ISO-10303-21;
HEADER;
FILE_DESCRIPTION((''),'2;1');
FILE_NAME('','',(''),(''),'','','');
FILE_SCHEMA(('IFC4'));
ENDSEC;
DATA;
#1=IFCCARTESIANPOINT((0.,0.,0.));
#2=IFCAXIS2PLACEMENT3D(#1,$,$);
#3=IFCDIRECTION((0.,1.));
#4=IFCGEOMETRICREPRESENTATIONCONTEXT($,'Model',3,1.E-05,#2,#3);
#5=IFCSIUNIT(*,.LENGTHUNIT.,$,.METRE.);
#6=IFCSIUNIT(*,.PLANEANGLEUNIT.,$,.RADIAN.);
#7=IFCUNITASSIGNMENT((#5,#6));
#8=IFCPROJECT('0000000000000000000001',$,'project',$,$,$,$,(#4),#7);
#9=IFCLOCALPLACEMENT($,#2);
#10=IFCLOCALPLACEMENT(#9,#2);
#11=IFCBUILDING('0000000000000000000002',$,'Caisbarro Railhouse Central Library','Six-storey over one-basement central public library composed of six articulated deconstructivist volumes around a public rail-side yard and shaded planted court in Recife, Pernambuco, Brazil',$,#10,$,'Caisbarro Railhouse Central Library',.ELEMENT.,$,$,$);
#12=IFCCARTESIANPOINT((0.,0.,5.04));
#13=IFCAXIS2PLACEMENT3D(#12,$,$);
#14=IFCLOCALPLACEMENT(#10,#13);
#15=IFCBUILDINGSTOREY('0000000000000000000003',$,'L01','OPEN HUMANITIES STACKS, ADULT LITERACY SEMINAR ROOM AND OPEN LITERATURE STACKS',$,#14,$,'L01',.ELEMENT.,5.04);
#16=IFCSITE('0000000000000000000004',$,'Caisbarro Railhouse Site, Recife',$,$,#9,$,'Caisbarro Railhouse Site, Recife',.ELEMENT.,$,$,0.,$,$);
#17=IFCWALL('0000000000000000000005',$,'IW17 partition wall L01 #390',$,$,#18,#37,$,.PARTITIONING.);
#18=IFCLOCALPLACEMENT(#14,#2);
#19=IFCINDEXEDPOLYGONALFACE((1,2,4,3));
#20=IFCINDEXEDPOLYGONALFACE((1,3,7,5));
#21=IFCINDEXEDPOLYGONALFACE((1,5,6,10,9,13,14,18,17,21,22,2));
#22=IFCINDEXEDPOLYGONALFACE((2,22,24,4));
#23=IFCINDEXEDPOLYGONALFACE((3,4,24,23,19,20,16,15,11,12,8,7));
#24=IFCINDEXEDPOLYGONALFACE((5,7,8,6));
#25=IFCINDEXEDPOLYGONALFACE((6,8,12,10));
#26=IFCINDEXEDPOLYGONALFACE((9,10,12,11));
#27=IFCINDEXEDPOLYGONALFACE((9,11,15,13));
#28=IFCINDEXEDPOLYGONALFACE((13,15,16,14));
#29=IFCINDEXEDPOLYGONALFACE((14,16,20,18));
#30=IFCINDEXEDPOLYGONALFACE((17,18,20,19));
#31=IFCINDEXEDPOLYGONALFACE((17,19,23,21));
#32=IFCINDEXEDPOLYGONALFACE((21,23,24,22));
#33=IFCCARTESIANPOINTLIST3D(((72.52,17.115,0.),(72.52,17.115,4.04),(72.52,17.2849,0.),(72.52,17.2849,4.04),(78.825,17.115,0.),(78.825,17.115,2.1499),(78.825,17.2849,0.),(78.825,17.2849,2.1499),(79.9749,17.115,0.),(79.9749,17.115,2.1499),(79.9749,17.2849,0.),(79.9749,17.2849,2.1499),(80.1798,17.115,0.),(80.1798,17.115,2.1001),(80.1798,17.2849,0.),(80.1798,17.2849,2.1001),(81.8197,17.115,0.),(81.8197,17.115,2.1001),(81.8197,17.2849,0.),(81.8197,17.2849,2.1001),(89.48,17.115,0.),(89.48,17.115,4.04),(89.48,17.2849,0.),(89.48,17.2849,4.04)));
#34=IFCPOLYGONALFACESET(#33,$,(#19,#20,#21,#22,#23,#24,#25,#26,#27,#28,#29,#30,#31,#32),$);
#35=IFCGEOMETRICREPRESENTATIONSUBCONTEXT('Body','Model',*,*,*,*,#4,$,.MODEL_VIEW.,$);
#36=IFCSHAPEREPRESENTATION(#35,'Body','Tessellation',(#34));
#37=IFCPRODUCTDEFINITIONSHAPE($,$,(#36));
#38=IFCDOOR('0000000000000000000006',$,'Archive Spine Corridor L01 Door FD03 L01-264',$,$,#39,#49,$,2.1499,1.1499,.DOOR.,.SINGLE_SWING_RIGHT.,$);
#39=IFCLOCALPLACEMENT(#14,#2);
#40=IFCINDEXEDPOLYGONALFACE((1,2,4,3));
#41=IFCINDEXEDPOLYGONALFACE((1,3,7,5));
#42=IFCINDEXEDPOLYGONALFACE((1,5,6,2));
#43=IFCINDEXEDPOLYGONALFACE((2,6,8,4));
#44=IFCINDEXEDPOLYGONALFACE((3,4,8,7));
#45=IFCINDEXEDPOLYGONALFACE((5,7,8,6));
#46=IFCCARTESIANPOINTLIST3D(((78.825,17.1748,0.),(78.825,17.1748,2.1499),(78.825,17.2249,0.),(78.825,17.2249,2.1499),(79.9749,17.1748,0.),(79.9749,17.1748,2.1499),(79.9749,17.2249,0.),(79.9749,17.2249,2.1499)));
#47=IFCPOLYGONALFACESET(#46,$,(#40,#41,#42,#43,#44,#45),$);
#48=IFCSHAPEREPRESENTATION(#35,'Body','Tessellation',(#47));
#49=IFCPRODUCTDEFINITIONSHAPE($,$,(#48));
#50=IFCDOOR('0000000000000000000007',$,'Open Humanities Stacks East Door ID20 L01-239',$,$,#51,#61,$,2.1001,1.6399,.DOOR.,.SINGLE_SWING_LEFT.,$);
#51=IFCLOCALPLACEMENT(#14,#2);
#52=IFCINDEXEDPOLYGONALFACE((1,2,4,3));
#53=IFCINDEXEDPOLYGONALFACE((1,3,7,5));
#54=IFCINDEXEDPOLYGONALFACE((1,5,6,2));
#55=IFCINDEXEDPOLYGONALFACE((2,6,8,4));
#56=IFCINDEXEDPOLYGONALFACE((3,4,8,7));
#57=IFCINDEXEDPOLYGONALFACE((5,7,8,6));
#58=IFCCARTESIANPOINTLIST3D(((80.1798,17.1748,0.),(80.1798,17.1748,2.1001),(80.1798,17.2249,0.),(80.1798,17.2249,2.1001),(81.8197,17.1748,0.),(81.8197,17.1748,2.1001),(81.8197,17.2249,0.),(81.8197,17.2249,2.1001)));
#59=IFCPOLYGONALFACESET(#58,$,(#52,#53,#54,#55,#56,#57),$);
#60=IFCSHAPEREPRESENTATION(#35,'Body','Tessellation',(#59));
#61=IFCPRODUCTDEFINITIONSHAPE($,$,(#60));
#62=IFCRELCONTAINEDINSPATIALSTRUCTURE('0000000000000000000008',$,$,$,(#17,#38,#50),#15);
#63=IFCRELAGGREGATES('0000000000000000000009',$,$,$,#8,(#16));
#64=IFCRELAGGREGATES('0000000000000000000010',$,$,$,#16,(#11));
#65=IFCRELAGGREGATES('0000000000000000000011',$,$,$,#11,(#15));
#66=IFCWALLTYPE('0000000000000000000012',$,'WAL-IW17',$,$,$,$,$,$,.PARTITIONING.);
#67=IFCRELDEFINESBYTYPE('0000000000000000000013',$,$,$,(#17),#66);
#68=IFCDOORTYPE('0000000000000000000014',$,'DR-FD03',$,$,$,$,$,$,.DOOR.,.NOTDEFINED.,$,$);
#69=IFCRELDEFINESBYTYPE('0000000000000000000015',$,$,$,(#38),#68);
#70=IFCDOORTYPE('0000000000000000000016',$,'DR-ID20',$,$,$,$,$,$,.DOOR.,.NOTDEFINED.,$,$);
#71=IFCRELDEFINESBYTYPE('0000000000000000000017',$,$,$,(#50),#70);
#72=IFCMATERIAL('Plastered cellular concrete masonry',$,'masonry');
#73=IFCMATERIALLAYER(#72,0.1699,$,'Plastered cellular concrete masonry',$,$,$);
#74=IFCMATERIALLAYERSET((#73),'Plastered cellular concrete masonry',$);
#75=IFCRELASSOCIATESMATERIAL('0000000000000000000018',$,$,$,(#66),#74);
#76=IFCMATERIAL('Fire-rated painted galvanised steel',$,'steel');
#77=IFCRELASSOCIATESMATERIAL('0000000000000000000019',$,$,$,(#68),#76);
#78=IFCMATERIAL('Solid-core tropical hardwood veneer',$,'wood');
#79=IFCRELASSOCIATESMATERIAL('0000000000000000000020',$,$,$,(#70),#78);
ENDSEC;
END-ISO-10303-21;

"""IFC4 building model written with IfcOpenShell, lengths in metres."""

from ifc_helpers import new_model, si_unit, direction, frame, frame_2d, origin, place, context, subcontext, project, spatial, rectangle, extrude, material, layer, layer_set, type_object, element, fill, save


model = new_model("IFC4")

# Units and contexts
model_context = context("Model", 3, precision=1e-05, world=origin(), true_north=direction((0.0, 1.0)))
body_context = subcontext(model_context, "Body", "Model", "MODEL_VIEW")
ifc_project = project(units=[si_unit("LENGTHUNIT", "METRE"), si_unit("PLANEANGLEUNIT", "RADIAN")], contexts=[model_context])

# Site, building, storey
site_placement = place(None, origin())
site = spatial("IfcSite", under=ifc_project, at=site_placement, Name="Caisbarro Railhouse Site, Recife", LongName="Caisbarro Railhouse Site, Recife", CompositionType="ELEMENT", RefElevation=0.0)
building_placement = place(site_placement, origin())
building = spatial("IfcBuilding", under=site, at=building_placement, Name="Caisbarro Railhouse Central Library", Description="Six-storey over one-basement central public library composed of six articulated deconstructivist volumes around a public rail-side yard and shaded planted court in Recife, Pernambuco, Brazil", LongName="Caisbarro Railhouse Central Library", CompositionType="ELEMENT")
storey_placement = place(building_placement, frame((0.0, 0.0, 5.04)))
storey = spatial("IfcBuildingStorey", under=building, at=storey_placement, Name="L01", Description="OPEN HUMANITIES STACKS, ADULT LITERACY SEMINAR ROOM AND OPEN LITERATURE STACKS", LongName="L01", CompositionType="ELEMENT", Elevation=5.04)

# Wall, openings, doors
ifc_material_1 = material(Name="Plastered cellular concrete masonry", Category="masonry")
ifc_layer = layer(ifc_material_1, 0.1699, Name="Plastered cellular concrete masonry")
ifc_layer_set = layer_set([ifc_layer], Name="Plastered cellular concrete masonry")
wall_type = type_object("IfcWallType", Name="WAL-IW17", PredefinedType="PARTITIONING", material=ifc_layer_set)
wall_placement = place(storey_placement, frame((72.52, 17.2, 0.0), z_axis=(0.0, 0.0, 1.0), x_axis=(1.0, 0.0, 0.0)))
wall = element("IfcWall", 1, at=wall_placement, inside=storey, type_object=wall_type, Name="IW17 partition wall L01 #390", PredefinedType="PARTITIONING", context=body_context, shape_type="SweptSolid", body=[
    extrude(rectangle(XDim=16.96, YDim=0.1699, at=frame_2d((8.48, 0.0))), origin(), (0.0, 0.0, 1.0), 4.04),
])
opening_1_placement = place(wall_placement, frame((7.6599, 0.0, 0.0)))
opening_1 = element("IfcOpeningElement", 2, at=opening_1_placement, cuts=wall, PredefinedType="OPENING", context=body_context, shape_type="SweptSolid", body=[
    extrude(rectangle(XDim=1.6399, YDim=2.1001, at=frame_2d((0.8198, 1.05))), frame((0.0, 0.095, 0.0), z_axis=(0.0, -1.0, 0.0), x_axis=(1.0, 0.0, 0.0)), (0.0, 0.0, 1.0), 0.1899),
])
opening_2_placement = place(wall_placement, frame((6.3049, 0.0, 0.0)))
opening_2 = element("IfcOpeningElement", 3, at=opening_2_placement, cuts=wall, PredefinedType="OPENING", context=body_context, shape_type="SweptSolid", body=[
    extrude(rectangle(XDim=1.1499, YDim=2.1499, at=frame_2d((0.575, 1.075))), frame((0.0, 0.095, 0.0), z_axis=(0.0, -1.0, 0.0), x_axis=(1.0, 0.0, 0.0)), (0.0, 0.0, 1.0), 0.1899),
])
ifc_material_2 = material(Name="Fire-rated painted galvanised steel", Category="steel")
door_type_1 = type_object("IfcDoorType", Name="DR-FD03", OperationType="NOTDEFINED", PredefinedType="DOOR", material=ifc_material_2)
door_1_placement = place(opening_2_placement, origin())
door_1 = element("IfcDoor", 4, at=door_1_placement, inside=storey, type_object=door_type_1, Name="Archive Spine Corridor L01 Door FD03 L01-264", OperationType="SINGLE_SWING_RIGHT", OverallHeight=2.1499, OverallWidth=1.1499, PredefinedType="DOOR", context=body_context, shape_type="SweptSolid", body=[
    extrude(rectangle(XDim=1.1499, YDim=2.1499, at=frame_2d((0.575, 1.075))), frame((0.0, 0.0249, 0.0), z_axis=(0.0, -1.0, 0.0), x_axis=(1.0, 0.0, 0.0)), (0.0, 0.0, 1.0), 0.05),
])
fill(opening_2, door_1)
ifc_material_3 = material(Name="Solid-core tropical hardwood veneer", Category="wood")
door_type_2 = type_object("IfcDoorType", Name="DR-ID20", OperationType="NOTDEFINED", PredefinedType="DOOR", material=ifc_material_3)
door_2_placement = place(opening_1_placement, origin())
door_2 = element("IfcDoor", 5, at=door_2_placement, inside=storey, type_object=door_type_2, Name="Open Humanities Stacks East Door ID20 L01-239", OperationType="SINGLE_SWING_LEFT", OverallHeight=2.1001, OverallWidth=1.6399, PredefinedType="DOOR", context=body_context, shape_type="SweptSolid", body=[
    extrude(rectangle(XDim=1.6399, YDim=2.1001, at=frame_2d((0.8198, 1.05))), frame((0.0, 0.0249, 0.0), z_axis=(0.0, -1.0, 0.0), x_axis=(1.0, 0.0, 0.0)), (0.0, 0.0, 1.0), 0.05),
])
fill(opening_1, door_2)

save(model, "model.ifc")
